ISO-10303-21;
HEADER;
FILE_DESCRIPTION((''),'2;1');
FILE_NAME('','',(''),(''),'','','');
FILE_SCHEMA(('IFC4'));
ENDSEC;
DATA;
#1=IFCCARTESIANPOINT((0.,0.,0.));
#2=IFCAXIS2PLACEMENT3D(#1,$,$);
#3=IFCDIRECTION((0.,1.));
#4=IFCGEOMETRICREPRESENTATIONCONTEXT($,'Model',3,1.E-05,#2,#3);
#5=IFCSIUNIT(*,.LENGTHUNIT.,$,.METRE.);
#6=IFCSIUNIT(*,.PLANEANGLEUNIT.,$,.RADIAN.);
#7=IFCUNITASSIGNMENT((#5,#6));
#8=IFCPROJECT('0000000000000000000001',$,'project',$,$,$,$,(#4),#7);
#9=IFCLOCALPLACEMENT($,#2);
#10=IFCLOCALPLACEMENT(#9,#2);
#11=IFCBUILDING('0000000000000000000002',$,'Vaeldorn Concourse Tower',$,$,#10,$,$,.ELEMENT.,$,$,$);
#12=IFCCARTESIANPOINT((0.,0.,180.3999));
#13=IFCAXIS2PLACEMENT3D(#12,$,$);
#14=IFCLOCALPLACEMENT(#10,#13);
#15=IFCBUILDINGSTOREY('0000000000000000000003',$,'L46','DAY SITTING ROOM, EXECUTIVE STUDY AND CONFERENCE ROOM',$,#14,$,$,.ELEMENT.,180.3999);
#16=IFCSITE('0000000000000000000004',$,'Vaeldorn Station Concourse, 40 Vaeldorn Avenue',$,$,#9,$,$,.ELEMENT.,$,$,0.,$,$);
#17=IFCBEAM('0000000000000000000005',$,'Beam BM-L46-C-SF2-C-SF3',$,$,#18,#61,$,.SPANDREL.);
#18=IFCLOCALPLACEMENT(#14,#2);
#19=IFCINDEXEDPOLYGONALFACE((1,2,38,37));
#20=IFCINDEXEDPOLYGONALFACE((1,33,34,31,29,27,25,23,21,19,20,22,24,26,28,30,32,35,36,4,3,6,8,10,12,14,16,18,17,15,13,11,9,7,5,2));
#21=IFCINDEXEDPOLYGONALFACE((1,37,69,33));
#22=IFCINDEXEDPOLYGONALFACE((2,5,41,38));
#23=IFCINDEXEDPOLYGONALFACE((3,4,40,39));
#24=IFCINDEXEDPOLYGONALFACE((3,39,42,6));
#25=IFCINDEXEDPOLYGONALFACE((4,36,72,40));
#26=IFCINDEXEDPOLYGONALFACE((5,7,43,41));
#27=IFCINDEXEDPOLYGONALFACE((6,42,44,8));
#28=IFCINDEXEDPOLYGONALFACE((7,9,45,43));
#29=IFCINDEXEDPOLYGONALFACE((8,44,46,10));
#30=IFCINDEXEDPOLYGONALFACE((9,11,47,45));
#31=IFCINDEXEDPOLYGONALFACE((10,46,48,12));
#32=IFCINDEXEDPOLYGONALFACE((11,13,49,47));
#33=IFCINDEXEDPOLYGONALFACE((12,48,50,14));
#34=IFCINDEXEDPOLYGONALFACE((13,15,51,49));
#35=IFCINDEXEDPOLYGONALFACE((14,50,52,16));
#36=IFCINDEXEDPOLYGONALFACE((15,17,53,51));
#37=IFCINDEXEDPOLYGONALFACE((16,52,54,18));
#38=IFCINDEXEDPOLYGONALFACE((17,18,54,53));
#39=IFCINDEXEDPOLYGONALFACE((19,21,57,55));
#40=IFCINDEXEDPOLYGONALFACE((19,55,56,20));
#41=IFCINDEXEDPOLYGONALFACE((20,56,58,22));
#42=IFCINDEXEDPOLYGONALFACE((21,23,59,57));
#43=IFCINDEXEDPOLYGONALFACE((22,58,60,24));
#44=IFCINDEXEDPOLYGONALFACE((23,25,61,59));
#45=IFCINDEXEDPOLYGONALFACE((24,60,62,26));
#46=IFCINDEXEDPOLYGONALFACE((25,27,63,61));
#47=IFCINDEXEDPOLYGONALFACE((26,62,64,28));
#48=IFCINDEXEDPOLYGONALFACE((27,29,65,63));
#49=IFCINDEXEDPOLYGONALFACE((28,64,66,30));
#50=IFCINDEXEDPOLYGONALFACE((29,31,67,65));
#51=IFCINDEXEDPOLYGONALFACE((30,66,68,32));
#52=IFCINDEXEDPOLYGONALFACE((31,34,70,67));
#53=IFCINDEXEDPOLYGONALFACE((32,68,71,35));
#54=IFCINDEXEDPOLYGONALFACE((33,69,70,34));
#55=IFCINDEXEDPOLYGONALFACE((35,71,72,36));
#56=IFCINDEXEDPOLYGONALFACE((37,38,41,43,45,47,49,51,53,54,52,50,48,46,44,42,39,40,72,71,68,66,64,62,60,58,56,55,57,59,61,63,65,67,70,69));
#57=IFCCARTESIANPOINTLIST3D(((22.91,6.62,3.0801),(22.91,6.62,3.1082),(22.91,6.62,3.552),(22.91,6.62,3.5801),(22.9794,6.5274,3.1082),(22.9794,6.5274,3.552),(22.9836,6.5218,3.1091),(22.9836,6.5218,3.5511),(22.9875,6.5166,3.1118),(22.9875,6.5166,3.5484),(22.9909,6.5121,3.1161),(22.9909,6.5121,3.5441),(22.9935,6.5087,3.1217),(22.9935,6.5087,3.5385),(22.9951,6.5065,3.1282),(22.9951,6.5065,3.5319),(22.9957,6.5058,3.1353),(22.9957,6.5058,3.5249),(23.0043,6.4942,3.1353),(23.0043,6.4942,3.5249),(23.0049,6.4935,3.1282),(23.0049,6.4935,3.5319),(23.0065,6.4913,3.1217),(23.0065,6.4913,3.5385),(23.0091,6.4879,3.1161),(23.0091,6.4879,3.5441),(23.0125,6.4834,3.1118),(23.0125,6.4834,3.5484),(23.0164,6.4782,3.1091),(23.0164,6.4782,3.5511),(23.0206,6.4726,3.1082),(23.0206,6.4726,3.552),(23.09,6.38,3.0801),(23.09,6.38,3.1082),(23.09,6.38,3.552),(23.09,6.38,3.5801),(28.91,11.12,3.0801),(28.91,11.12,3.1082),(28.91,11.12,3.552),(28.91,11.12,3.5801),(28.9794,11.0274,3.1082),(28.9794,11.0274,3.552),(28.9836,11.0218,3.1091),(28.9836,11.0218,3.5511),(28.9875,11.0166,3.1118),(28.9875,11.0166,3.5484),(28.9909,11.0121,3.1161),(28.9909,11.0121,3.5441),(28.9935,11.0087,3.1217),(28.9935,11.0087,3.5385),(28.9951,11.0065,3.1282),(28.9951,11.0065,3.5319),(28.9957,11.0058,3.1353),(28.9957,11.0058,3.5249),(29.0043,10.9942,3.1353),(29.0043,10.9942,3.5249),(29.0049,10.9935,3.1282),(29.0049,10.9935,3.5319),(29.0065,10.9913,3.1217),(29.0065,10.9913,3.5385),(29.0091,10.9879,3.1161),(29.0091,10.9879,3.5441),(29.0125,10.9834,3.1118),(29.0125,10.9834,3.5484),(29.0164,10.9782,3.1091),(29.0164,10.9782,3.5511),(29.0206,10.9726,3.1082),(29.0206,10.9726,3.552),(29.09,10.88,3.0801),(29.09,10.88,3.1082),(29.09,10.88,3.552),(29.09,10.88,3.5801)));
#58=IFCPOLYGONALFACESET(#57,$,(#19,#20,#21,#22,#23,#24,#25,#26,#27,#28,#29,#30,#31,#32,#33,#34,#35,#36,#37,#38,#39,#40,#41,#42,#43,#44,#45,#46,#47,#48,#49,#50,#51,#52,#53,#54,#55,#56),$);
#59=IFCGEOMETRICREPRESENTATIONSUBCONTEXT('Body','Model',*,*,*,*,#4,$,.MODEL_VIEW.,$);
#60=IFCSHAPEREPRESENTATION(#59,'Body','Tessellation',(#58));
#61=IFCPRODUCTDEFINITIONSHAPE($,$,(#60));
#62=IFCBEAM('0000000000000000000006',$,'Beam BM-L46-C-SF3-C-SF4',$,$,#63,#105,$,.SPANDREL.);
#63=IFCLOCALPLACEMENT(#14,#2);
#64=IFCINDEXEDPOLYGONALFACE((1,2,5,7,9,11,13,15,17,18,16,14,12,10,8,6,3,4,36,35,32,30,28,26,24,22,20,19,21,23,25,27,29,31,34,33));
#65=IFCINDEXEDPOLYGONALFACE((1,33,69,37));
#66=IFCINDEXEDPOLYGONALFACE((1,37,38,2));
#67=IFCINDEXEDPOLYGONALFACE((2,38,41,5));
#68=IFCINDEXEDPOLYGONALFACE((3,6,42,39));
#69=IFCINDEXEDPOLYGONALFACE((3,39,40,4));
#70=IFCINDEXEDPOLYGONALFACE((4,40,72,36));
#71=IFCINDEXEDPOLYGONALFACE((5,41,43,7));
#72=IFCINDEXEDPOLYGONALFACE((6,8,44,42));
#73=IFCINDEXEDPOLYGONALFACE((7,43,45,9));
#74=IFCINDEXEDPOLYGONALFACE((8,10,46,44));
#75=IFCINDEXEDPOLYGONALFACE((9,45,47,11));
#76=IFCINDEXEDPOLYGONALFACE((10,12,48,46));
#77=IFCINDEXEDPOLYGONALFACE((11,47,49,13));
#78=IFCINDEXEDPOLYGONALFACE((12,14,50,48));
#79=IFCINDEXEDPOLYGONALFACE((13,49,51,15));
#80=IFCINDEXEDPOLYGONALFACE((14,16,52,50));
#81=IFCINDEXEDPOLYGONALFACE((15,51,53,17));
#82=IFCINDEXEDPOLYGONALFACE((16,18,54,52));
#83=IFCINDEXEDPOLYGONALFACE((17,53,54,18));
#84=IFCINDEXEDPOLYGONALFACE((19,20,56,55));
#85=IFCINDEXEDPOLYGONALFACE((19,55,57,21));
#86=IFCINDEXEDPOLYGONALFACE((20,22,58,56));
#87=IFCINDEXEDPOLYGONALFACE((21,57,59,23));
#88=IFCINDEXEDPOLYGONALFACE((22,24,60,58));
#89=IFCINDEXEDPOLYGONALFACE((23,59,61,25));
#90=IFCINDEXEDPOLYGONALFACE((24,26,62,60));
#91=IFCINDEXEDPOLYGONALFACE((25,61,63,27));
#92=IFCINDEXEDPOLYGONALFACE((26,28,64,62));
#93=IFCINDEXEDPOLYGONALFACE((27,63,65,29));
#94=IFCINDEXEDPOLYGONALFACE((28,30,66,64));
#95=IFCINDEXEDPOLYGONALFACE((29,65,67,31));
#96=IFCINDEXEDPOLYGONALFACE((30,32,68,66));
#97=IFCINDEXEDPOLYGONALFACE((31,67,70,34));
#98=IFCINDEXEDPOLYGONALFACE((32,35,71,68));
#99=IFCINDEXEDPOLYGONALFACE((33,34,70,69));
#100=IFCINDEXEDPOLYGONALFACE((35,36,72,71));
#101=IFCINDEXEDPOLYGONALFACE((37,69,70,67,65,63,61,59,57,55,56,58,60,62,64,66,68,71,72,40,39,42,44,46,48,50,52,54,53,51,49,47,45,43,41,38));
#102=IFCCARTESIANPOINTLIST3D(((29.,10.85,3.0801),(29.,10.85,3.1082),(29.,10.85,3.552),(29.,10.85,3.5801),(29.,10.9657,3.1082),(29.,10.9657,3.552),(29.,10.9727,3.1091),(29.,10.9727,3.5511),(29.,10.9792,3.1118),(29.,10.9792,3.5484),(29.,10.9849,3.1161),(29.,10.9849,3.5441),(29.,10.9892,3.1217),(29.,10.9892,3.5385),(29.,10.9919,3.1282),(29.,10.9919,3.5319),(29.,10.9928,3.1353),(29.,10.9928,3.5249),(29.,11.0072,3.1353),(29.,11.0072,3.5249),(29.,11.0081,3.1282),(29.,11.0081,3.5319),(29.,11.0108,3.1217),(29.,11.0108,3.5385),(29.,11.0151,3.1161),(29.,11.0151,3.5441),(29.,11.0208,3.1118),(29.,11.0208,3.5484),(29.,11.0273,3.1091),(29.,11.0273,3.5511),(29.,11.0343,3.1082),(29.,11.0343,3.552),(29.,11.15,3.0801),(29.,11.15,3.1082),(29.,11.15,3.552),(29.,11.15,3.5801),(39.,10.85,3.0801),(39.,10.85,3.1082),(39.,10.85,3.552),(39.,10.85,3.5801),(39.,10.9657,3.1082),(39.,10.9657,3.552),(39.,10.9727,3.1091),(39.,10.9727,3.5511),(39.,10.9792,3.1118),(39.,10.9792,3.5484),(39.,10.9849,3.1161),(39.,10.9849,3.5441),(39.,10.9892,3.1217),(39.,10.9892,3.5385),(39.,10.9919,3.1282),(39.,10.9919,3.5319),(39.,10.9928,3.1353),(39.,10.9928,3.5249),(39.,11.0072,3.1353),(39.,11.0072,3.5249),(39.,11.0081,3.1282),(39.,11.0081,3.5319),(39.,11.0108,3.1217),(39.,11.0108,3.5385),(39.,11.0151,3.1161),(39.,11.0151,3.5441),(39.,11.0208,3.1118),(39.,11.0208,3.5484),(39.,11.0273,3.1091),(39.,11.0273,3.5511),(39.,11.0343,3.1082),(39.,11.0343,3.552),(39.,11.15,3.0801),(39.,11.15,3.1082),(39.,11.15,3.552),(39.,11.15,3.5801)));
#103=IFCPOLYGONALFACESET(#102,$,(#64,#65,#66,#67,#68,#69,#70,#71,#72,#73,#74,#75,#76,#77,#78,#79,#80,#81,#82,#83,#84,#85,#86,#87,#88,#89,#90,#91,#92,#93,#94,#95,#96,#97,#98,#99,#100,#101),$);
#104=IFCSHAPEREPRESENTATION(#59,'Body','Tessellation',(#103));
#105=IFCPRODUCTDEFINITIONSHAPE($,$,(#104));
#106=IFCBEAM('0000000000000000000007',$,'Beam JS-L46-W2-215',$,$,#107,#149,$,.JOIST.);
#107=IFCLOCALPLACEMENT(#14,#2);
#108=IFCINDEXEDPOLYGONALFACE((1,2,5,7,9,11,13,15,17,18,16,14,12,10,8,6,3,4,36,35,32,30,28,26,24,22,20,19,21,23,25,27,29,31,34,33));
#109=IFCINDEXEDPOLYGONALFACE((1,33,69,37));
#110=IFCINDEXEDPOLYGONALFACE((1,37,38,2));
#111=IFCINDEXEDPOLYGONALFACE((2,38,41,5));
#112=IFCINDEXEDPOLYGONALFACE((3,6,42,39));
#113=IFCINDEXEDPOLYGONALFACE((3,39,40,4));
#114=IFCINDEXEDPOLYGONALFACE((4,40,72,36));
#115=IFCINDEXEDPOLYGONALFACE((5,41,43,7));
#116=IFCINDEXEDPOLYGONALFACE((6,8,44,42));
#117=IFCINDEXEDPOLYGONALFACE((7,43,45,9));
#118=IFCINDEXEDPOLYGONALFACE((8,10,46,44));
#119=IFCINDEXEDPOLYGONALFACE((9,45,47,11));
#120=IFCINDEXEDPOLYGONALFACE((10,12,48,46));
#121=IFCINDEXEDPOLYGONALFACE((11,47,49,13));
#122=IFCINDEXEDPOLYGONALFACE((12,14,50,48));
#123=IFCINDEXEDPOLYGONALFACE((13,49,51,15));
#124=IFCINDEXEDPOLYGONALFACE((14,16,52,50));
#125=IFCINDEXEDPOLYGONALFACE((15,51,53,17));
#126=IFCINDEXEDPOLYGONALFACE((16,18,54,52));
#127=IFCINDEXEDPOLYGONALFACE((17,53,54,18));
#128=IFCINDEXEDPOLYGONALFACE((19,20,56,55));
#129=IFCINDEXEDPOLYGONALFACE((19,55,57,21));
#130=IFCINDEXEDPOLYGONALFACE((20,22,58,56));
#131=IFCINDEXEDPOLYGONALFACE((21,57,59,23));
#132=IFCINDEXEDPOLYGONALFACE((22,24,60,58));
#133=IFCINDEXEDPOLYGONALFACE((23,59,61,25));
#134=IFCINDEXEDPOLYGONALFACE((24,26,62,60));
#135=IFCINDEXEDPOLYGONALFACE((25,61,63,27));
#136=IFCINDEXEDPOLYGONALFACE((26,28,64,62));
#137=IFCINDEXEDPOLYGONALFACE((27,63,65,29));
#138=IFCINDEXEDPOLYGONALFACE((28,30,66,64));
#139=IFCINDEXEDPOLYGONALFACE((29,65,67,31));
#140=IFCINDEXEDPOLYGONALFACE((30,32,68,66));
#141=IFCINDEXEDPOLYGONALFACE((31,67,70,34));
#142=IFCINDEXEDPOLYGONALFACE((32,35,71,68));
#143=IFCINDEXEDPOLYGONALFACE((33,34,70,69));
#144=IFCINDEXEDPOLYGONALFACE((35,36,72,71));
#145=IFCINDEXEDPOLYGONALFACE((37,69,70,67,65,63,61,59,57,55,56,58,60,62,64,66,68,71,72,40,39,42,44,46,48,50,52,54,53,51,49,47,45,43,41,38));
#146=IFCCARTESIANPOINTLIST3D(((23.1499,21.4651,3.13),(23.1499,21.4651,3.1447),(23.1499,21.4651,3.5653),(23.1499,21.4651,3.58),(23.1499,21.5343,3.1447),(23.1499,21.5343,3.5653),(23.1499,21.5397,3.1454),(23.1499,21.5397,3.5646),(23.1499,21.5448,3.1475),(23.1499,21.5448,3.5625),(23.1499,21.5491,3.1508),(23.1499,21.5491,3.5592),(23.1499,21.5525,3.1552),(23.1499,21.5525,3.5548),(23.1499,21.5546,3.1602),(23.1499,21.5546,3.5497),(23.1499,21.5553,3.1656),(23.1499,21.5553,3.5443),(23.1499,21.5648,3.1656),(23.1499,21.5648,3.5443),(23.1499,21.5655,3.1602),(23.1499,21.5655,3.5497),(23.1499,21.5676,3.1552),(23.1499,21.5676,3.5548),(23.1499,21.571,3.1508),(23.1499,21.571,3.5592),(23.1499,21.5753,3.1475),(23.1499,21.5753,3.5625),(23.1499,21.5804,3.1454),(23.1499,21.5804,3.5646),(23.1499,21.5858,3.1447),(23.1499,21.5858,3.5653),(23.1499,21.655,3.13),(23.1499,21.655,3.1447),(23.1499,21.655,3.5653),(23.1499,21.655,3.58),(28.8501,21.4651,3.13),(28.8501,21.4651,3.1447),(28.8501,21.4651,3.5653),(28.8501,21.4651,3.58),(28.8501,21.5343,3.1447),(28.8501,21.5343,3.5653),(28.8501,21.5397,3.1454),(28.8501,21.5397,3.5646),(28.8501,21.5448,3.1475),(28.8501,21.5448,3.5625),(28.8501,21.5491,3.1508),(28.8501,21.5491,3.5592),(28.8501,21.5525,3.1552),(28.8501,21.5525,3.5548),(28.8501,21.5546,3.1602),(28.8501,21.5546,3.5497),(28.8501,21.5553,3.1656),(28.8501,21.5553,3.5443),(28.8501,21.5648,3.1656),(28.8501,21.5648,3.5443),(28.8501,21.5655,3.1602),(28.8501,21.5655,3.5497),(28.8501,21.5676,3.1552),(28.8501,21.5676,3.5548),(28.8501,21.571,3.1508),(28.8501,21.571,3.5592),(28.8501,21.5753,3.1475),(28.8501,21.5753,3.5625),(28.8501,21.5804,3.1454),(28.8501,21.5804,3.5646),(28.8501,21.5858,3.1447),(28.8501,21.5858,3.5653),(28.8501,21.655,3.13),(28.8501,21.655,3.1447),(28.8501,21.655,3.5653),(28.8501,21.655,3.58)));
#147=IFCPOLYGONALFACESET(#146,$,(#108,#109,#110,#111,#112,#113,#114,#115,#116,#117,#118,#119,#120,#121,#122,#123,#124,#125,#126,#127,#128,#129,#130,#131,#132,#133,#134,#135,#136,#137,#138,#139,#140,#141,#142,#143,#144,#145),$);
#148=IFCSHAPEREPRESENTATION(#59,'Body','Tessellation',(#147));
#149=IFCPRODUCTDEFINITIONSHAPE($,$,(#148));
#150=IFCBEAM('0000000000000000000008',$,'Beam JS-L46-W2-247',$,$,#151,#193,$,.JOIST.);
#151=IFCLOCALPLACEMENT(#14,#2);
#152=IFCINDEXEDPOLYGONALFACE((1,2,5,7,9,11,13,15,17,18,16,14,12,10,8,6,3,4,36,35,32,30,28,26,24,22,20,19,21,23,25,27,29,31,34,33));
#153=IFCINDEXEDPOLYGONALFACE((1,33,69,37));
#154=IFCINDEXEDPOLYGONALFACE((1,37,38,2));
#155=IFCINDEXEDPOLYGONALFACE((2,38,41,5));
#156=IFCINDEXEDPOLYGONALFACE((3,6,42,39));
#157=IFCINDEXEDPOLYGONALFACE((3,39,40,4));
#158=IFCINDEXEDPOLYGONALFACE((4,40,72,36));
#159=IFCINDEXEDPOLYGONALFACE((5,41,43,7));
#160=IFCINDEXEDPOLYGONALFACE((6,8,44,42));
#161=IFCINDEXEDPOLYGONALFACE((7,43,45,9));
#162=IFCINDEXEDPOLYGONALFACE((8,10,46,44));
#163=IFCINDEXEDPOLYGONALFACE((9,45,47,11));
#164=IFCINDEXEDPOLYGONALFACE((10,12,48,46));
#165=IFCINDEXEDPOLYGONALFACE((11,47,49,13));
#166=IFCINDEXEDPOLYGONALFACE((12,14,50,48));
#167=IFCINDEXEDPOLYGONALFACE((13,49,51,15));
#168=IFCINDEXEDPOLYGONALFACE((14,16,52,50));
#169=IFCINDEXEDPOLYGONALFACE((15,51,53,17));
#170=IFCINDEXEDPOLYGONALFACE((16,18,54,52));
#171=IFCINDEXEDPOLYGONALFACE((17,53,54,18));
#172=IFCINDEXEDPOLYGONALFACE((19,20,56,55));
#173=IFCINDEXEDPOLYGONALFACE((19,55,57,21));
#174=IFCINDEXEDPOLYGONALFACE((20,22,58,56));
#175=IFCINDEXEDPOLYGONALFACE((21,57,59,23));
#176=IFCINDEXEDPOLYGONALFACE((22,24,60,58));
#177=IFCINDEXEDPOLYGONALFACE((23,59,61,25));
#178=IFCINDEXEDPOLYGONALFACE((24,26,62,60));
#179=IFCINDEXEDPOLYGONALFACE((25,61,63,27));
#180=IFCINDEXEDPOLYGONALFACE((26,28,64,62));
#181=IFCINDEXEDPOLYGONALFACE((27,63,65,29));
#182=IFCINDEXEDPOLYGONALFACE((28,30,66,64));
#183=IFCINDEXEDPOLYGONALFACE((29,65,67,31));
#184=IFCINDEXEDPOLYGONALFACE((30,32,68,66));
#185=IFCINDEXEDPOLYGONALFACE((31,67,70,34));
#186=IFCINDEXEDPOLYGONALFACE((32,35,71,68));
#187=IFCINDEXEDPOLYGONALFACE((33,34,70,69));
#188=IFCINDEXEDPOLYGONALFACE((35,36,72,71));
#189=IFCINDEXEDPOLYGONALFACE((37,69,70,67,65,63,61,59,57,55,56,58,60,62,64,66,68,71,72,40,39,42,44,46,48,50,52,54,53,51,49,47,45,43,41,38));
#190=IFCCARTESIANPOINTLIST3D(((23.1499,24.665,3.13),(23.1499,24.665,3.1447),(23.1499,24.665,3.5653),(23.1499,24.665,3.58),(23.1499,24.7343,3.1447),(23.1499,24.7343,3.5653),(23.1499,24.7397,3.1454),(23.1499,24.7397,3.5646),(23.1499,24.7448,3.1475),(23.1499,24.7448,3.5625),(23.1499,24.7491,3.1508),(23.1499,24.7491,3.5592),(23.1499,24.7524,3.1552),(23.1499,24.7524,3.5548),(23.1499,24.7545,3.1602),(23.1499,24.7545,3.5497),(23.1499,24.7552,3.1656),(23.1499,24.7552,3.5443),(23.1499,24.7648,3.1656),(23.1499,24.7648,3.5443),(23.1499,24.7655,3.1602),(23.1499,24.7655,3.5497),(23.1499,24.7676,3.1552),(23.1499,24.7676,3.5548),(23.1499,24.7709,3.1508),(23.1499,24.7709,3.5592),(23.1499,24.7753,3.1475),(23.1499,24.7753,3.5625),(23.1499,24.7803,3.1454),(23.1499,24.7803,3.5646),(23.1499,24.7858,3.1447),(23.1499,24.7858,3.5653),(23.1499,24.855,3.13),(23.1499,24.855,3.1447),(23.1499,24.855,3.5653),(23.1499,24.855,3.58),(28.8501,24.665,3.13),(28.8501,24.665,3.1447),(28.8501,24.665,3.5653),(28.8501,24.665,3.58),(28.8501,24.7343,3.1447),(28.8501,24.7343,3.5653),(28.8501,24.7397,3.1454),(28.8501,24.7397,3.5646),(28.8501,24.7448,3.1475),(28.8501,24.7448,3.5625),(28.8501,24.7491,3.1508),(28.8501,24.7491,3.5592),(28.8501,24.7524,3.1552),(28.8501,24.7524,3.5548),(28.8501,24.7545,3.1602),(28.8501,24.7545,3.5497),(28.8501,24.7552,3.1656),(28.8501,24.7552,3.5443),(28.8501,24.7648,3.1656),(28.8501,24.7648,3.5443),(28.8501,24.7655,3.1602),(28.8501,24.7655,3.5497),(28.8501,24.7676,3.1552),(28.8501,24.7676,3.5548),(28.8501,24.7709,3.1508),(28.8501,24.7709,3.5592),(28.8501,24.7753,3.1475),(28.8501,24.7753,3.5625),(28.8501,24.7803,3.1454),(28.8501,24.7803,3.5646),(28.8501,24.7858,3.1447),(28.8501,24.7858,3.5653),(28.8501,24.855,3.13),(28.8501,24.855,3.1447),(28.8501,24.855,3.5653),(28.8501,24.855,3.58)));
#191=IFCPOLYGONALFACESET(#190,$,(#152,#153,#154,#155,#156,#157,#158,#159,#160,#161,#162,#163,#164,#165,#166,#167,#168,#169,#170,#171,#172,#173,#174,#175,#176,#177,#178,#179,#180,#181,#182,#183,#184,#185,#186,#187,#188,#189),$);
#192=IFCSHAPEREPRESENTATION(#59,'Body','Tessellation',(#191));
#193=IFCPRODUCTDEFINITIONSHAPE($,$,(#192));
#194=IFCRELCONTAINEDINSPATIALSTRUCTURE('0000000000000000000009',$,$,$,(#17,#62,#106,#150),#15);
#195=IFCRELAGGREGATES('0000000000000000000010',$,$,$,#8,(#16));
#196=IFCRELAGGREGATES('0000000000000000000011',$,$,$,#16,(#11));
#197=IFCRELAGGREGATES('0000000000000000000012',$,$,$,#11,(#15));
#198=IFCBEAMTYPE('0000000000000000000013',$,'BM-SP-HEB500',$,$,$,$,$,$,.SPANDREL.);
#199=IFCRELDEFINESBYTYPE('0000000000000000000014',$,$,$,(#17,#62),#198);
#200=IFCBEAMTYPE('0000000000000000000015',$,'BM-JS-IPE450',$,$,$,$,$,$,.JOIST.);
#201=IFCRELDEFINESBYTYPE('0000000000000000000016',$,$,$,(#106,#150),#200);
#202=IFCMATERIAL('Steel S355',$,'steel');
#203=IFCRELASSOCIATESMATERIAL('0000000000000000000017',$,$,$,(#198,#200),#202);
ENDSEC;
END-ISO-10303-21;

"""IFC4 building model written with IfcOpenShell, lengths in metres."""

from ifc_helpers import new_model, si_unit, direction, frame, origin, origin_2d, place, context, subcontext, project, spatial, i_section, extrude, source, transform, mapped, material, material_profile, profile_set, type_object, element, save


model = new_model("IFC4")

# Units and contexts
model_context = context("Model", 3, precision=1e-05, world=origin(), true_north=direction((0.0, 1.0)))
body_context = subcontext(model_context, "Body", "Model", "MODEL_VIEW")
ifc_project = project(units=[si_unit("LENGTHUNIT", "METRE"), si_unit("PLANEANGLEUNIT", "RADIAN")], contexts=[model_context])

# Site, building, storey
site_placement = place(None, origin())
site = spatial("IfcSite", under=ifc_project, at=site_placement, Name="Vaeldorn Station Concourse, 40 Vaeldorn Avenue", CompositionType="ELEMENT", RefElevation=0.0)
building_placement = place(site_placement, origin())
building = spatial("IfcBuilding", under=site, at=building_placement, Name="Vaeldorn Concourse Tower", CompositionType="ELEMENT")
storey_placement = place(building_placement, frame((0.0, 0.0, 180.3999)))
storey = spatial("IfcBuildingStorey", under=building, at=storey_placement, Name="L46", Description="DAY SITTING ROOM, EXECUTIVE STUDY AND CONFERENCE ROOM", CompositionType="ELEMENT", Elevation=180.3999)

# Shared definitions
ifc_material_1 = material(Name="Steel S355", Category="steel")

# Beams
ifc_material_profile_1 = material_profile(ifc_material_1, i_section(OverallWidth=0.3, OverallDepth=0.5, WebThickness=0.0144, FlangeThickness=0.0281, FilletRadius=0.0271, at=origin_2d()), Name="HEB 500")
ifc_profile_set_1 = profile_set([ifc_material_profile_1], Name="Steel S355")
beam_type_1 = type_object("IfcBeamType", Name="BM-SP-HEB500", PredefinedType="SPANDREL", material=ifc_profile_set_1)
shared_shape_1 = source(origin(), body_context, "Body", "SweptSolid", [
    extrude(i_section(OverallWidth=0.3, OverallDepth=0.5, WebThickness=0.0144, FlangeThickness=0.0281, FilletRadius=0.0271, at=origin_2d()), origin(), (0.0, 0.0, 1.0), 7.5),
])
beam_1_placement = place(storey_placement, frame((23.0, 6.5, 3.3301), z_axis=(0.8, 0.6, 0.0), x_axis=(-0.6, 0.8, 0.0)))
element("IfcBeam", 1, at=beam_1_placement, inside=storey, type_object=beam_type_1, Name="Beam BM-L46-C-SF2-C-SF3", PredefinedType="SPANDREL", context=body_context, shape_type="MappedRepresentation", body=[
    mapped(shared_shape_1, transform((0.0, 0.0, 0.0), scale=1.0)),
])
shared_shape_2 = source(origin(), body_context, "Body", "SweptSolid", [
    extrude(i_section(OverallWidth=0.3, OverallDepth=0.5, WebThickness=0.0144, FlangeThickness=0.0281, FilletRadius=0.0271, at=origin_2d()), origin(), (0.0, 0.0, 1.0), 10.0),
])
beam_2_placement = place(storey_placement, frame((29.0, 11.0, 3.3301), z_axis=(1.0, 0.0, 0.0), x_axis=(0.0, 1.0, 0.0)))
element("IfcBeam", 2, at=beam_2_placement, inside=storey, type_object=beam_type_1, Name="Beam BM-L46-C-SF3-C-SF4", PredefinedType="SPANDREL", context=body_context, shape_type="MappedRepresentation", body=[
    mapped(shared_shape_2, transform((0.0, 0.0, 0.0), scale=1.0)),
])
ifc_material_profile_2 = material_profile(ifc_material_1, i_section(OverallWidth=0.1899, OverallDepth=0.45, WebThickness=0.0095, FlangeThickness=0.0146, FilletRadius=0.021, at=origin_2d()), Name="IPE 450")
ifc_profile_set_2 = profile_set([ifc_material_profile_2], Name="Steel S355")
beam_type_2 = type_object("IfcBeamType", Name="BM-JS-IPE450", PredefinedType="JOIST", material=ifc_profile_set_2)
shared_shape_3 = source(origin(), body_context, "Body", "SweptSolid", [
    extrude(i_section(OverallWidth=0.1899, OverallDepth=0.45, WebThickness=0.0095, FlangeThickness=0.0146, FilletRadius=0.021, at=origin_2d()), origin(), (0.0, 0.0, 1.0), 5.7002),
])
for number, where, z_axis, x_axis, name in (
    (3, (23.1499, 21.5601, 3.355), (1.0, 0.0, 0.0), (0.0, 1.0, 0.0), "Beam JS-L46-W2-215"),
    (4, (23.1499, 24.76, 3.355), (1.0, 0.0, 0.0), (0.0, 1.0, 0.0), "Beam JS-L46-W2-247"),
):
    element("IfcBeam", number, at=place(storey_placement, frame(where, z_axis=z_axis, x_axis=x_axis)), inside=storey, type_object=beam_type_2, Name=name, PredefinedType="JOIST", context=body_context, shape_type="MappedRepresentation", body=[
        mapped(shared_shape_3, transform((0.0, 0.0, 0.0), scale=1.0)),
    ])

save(model, "model.ifc")
